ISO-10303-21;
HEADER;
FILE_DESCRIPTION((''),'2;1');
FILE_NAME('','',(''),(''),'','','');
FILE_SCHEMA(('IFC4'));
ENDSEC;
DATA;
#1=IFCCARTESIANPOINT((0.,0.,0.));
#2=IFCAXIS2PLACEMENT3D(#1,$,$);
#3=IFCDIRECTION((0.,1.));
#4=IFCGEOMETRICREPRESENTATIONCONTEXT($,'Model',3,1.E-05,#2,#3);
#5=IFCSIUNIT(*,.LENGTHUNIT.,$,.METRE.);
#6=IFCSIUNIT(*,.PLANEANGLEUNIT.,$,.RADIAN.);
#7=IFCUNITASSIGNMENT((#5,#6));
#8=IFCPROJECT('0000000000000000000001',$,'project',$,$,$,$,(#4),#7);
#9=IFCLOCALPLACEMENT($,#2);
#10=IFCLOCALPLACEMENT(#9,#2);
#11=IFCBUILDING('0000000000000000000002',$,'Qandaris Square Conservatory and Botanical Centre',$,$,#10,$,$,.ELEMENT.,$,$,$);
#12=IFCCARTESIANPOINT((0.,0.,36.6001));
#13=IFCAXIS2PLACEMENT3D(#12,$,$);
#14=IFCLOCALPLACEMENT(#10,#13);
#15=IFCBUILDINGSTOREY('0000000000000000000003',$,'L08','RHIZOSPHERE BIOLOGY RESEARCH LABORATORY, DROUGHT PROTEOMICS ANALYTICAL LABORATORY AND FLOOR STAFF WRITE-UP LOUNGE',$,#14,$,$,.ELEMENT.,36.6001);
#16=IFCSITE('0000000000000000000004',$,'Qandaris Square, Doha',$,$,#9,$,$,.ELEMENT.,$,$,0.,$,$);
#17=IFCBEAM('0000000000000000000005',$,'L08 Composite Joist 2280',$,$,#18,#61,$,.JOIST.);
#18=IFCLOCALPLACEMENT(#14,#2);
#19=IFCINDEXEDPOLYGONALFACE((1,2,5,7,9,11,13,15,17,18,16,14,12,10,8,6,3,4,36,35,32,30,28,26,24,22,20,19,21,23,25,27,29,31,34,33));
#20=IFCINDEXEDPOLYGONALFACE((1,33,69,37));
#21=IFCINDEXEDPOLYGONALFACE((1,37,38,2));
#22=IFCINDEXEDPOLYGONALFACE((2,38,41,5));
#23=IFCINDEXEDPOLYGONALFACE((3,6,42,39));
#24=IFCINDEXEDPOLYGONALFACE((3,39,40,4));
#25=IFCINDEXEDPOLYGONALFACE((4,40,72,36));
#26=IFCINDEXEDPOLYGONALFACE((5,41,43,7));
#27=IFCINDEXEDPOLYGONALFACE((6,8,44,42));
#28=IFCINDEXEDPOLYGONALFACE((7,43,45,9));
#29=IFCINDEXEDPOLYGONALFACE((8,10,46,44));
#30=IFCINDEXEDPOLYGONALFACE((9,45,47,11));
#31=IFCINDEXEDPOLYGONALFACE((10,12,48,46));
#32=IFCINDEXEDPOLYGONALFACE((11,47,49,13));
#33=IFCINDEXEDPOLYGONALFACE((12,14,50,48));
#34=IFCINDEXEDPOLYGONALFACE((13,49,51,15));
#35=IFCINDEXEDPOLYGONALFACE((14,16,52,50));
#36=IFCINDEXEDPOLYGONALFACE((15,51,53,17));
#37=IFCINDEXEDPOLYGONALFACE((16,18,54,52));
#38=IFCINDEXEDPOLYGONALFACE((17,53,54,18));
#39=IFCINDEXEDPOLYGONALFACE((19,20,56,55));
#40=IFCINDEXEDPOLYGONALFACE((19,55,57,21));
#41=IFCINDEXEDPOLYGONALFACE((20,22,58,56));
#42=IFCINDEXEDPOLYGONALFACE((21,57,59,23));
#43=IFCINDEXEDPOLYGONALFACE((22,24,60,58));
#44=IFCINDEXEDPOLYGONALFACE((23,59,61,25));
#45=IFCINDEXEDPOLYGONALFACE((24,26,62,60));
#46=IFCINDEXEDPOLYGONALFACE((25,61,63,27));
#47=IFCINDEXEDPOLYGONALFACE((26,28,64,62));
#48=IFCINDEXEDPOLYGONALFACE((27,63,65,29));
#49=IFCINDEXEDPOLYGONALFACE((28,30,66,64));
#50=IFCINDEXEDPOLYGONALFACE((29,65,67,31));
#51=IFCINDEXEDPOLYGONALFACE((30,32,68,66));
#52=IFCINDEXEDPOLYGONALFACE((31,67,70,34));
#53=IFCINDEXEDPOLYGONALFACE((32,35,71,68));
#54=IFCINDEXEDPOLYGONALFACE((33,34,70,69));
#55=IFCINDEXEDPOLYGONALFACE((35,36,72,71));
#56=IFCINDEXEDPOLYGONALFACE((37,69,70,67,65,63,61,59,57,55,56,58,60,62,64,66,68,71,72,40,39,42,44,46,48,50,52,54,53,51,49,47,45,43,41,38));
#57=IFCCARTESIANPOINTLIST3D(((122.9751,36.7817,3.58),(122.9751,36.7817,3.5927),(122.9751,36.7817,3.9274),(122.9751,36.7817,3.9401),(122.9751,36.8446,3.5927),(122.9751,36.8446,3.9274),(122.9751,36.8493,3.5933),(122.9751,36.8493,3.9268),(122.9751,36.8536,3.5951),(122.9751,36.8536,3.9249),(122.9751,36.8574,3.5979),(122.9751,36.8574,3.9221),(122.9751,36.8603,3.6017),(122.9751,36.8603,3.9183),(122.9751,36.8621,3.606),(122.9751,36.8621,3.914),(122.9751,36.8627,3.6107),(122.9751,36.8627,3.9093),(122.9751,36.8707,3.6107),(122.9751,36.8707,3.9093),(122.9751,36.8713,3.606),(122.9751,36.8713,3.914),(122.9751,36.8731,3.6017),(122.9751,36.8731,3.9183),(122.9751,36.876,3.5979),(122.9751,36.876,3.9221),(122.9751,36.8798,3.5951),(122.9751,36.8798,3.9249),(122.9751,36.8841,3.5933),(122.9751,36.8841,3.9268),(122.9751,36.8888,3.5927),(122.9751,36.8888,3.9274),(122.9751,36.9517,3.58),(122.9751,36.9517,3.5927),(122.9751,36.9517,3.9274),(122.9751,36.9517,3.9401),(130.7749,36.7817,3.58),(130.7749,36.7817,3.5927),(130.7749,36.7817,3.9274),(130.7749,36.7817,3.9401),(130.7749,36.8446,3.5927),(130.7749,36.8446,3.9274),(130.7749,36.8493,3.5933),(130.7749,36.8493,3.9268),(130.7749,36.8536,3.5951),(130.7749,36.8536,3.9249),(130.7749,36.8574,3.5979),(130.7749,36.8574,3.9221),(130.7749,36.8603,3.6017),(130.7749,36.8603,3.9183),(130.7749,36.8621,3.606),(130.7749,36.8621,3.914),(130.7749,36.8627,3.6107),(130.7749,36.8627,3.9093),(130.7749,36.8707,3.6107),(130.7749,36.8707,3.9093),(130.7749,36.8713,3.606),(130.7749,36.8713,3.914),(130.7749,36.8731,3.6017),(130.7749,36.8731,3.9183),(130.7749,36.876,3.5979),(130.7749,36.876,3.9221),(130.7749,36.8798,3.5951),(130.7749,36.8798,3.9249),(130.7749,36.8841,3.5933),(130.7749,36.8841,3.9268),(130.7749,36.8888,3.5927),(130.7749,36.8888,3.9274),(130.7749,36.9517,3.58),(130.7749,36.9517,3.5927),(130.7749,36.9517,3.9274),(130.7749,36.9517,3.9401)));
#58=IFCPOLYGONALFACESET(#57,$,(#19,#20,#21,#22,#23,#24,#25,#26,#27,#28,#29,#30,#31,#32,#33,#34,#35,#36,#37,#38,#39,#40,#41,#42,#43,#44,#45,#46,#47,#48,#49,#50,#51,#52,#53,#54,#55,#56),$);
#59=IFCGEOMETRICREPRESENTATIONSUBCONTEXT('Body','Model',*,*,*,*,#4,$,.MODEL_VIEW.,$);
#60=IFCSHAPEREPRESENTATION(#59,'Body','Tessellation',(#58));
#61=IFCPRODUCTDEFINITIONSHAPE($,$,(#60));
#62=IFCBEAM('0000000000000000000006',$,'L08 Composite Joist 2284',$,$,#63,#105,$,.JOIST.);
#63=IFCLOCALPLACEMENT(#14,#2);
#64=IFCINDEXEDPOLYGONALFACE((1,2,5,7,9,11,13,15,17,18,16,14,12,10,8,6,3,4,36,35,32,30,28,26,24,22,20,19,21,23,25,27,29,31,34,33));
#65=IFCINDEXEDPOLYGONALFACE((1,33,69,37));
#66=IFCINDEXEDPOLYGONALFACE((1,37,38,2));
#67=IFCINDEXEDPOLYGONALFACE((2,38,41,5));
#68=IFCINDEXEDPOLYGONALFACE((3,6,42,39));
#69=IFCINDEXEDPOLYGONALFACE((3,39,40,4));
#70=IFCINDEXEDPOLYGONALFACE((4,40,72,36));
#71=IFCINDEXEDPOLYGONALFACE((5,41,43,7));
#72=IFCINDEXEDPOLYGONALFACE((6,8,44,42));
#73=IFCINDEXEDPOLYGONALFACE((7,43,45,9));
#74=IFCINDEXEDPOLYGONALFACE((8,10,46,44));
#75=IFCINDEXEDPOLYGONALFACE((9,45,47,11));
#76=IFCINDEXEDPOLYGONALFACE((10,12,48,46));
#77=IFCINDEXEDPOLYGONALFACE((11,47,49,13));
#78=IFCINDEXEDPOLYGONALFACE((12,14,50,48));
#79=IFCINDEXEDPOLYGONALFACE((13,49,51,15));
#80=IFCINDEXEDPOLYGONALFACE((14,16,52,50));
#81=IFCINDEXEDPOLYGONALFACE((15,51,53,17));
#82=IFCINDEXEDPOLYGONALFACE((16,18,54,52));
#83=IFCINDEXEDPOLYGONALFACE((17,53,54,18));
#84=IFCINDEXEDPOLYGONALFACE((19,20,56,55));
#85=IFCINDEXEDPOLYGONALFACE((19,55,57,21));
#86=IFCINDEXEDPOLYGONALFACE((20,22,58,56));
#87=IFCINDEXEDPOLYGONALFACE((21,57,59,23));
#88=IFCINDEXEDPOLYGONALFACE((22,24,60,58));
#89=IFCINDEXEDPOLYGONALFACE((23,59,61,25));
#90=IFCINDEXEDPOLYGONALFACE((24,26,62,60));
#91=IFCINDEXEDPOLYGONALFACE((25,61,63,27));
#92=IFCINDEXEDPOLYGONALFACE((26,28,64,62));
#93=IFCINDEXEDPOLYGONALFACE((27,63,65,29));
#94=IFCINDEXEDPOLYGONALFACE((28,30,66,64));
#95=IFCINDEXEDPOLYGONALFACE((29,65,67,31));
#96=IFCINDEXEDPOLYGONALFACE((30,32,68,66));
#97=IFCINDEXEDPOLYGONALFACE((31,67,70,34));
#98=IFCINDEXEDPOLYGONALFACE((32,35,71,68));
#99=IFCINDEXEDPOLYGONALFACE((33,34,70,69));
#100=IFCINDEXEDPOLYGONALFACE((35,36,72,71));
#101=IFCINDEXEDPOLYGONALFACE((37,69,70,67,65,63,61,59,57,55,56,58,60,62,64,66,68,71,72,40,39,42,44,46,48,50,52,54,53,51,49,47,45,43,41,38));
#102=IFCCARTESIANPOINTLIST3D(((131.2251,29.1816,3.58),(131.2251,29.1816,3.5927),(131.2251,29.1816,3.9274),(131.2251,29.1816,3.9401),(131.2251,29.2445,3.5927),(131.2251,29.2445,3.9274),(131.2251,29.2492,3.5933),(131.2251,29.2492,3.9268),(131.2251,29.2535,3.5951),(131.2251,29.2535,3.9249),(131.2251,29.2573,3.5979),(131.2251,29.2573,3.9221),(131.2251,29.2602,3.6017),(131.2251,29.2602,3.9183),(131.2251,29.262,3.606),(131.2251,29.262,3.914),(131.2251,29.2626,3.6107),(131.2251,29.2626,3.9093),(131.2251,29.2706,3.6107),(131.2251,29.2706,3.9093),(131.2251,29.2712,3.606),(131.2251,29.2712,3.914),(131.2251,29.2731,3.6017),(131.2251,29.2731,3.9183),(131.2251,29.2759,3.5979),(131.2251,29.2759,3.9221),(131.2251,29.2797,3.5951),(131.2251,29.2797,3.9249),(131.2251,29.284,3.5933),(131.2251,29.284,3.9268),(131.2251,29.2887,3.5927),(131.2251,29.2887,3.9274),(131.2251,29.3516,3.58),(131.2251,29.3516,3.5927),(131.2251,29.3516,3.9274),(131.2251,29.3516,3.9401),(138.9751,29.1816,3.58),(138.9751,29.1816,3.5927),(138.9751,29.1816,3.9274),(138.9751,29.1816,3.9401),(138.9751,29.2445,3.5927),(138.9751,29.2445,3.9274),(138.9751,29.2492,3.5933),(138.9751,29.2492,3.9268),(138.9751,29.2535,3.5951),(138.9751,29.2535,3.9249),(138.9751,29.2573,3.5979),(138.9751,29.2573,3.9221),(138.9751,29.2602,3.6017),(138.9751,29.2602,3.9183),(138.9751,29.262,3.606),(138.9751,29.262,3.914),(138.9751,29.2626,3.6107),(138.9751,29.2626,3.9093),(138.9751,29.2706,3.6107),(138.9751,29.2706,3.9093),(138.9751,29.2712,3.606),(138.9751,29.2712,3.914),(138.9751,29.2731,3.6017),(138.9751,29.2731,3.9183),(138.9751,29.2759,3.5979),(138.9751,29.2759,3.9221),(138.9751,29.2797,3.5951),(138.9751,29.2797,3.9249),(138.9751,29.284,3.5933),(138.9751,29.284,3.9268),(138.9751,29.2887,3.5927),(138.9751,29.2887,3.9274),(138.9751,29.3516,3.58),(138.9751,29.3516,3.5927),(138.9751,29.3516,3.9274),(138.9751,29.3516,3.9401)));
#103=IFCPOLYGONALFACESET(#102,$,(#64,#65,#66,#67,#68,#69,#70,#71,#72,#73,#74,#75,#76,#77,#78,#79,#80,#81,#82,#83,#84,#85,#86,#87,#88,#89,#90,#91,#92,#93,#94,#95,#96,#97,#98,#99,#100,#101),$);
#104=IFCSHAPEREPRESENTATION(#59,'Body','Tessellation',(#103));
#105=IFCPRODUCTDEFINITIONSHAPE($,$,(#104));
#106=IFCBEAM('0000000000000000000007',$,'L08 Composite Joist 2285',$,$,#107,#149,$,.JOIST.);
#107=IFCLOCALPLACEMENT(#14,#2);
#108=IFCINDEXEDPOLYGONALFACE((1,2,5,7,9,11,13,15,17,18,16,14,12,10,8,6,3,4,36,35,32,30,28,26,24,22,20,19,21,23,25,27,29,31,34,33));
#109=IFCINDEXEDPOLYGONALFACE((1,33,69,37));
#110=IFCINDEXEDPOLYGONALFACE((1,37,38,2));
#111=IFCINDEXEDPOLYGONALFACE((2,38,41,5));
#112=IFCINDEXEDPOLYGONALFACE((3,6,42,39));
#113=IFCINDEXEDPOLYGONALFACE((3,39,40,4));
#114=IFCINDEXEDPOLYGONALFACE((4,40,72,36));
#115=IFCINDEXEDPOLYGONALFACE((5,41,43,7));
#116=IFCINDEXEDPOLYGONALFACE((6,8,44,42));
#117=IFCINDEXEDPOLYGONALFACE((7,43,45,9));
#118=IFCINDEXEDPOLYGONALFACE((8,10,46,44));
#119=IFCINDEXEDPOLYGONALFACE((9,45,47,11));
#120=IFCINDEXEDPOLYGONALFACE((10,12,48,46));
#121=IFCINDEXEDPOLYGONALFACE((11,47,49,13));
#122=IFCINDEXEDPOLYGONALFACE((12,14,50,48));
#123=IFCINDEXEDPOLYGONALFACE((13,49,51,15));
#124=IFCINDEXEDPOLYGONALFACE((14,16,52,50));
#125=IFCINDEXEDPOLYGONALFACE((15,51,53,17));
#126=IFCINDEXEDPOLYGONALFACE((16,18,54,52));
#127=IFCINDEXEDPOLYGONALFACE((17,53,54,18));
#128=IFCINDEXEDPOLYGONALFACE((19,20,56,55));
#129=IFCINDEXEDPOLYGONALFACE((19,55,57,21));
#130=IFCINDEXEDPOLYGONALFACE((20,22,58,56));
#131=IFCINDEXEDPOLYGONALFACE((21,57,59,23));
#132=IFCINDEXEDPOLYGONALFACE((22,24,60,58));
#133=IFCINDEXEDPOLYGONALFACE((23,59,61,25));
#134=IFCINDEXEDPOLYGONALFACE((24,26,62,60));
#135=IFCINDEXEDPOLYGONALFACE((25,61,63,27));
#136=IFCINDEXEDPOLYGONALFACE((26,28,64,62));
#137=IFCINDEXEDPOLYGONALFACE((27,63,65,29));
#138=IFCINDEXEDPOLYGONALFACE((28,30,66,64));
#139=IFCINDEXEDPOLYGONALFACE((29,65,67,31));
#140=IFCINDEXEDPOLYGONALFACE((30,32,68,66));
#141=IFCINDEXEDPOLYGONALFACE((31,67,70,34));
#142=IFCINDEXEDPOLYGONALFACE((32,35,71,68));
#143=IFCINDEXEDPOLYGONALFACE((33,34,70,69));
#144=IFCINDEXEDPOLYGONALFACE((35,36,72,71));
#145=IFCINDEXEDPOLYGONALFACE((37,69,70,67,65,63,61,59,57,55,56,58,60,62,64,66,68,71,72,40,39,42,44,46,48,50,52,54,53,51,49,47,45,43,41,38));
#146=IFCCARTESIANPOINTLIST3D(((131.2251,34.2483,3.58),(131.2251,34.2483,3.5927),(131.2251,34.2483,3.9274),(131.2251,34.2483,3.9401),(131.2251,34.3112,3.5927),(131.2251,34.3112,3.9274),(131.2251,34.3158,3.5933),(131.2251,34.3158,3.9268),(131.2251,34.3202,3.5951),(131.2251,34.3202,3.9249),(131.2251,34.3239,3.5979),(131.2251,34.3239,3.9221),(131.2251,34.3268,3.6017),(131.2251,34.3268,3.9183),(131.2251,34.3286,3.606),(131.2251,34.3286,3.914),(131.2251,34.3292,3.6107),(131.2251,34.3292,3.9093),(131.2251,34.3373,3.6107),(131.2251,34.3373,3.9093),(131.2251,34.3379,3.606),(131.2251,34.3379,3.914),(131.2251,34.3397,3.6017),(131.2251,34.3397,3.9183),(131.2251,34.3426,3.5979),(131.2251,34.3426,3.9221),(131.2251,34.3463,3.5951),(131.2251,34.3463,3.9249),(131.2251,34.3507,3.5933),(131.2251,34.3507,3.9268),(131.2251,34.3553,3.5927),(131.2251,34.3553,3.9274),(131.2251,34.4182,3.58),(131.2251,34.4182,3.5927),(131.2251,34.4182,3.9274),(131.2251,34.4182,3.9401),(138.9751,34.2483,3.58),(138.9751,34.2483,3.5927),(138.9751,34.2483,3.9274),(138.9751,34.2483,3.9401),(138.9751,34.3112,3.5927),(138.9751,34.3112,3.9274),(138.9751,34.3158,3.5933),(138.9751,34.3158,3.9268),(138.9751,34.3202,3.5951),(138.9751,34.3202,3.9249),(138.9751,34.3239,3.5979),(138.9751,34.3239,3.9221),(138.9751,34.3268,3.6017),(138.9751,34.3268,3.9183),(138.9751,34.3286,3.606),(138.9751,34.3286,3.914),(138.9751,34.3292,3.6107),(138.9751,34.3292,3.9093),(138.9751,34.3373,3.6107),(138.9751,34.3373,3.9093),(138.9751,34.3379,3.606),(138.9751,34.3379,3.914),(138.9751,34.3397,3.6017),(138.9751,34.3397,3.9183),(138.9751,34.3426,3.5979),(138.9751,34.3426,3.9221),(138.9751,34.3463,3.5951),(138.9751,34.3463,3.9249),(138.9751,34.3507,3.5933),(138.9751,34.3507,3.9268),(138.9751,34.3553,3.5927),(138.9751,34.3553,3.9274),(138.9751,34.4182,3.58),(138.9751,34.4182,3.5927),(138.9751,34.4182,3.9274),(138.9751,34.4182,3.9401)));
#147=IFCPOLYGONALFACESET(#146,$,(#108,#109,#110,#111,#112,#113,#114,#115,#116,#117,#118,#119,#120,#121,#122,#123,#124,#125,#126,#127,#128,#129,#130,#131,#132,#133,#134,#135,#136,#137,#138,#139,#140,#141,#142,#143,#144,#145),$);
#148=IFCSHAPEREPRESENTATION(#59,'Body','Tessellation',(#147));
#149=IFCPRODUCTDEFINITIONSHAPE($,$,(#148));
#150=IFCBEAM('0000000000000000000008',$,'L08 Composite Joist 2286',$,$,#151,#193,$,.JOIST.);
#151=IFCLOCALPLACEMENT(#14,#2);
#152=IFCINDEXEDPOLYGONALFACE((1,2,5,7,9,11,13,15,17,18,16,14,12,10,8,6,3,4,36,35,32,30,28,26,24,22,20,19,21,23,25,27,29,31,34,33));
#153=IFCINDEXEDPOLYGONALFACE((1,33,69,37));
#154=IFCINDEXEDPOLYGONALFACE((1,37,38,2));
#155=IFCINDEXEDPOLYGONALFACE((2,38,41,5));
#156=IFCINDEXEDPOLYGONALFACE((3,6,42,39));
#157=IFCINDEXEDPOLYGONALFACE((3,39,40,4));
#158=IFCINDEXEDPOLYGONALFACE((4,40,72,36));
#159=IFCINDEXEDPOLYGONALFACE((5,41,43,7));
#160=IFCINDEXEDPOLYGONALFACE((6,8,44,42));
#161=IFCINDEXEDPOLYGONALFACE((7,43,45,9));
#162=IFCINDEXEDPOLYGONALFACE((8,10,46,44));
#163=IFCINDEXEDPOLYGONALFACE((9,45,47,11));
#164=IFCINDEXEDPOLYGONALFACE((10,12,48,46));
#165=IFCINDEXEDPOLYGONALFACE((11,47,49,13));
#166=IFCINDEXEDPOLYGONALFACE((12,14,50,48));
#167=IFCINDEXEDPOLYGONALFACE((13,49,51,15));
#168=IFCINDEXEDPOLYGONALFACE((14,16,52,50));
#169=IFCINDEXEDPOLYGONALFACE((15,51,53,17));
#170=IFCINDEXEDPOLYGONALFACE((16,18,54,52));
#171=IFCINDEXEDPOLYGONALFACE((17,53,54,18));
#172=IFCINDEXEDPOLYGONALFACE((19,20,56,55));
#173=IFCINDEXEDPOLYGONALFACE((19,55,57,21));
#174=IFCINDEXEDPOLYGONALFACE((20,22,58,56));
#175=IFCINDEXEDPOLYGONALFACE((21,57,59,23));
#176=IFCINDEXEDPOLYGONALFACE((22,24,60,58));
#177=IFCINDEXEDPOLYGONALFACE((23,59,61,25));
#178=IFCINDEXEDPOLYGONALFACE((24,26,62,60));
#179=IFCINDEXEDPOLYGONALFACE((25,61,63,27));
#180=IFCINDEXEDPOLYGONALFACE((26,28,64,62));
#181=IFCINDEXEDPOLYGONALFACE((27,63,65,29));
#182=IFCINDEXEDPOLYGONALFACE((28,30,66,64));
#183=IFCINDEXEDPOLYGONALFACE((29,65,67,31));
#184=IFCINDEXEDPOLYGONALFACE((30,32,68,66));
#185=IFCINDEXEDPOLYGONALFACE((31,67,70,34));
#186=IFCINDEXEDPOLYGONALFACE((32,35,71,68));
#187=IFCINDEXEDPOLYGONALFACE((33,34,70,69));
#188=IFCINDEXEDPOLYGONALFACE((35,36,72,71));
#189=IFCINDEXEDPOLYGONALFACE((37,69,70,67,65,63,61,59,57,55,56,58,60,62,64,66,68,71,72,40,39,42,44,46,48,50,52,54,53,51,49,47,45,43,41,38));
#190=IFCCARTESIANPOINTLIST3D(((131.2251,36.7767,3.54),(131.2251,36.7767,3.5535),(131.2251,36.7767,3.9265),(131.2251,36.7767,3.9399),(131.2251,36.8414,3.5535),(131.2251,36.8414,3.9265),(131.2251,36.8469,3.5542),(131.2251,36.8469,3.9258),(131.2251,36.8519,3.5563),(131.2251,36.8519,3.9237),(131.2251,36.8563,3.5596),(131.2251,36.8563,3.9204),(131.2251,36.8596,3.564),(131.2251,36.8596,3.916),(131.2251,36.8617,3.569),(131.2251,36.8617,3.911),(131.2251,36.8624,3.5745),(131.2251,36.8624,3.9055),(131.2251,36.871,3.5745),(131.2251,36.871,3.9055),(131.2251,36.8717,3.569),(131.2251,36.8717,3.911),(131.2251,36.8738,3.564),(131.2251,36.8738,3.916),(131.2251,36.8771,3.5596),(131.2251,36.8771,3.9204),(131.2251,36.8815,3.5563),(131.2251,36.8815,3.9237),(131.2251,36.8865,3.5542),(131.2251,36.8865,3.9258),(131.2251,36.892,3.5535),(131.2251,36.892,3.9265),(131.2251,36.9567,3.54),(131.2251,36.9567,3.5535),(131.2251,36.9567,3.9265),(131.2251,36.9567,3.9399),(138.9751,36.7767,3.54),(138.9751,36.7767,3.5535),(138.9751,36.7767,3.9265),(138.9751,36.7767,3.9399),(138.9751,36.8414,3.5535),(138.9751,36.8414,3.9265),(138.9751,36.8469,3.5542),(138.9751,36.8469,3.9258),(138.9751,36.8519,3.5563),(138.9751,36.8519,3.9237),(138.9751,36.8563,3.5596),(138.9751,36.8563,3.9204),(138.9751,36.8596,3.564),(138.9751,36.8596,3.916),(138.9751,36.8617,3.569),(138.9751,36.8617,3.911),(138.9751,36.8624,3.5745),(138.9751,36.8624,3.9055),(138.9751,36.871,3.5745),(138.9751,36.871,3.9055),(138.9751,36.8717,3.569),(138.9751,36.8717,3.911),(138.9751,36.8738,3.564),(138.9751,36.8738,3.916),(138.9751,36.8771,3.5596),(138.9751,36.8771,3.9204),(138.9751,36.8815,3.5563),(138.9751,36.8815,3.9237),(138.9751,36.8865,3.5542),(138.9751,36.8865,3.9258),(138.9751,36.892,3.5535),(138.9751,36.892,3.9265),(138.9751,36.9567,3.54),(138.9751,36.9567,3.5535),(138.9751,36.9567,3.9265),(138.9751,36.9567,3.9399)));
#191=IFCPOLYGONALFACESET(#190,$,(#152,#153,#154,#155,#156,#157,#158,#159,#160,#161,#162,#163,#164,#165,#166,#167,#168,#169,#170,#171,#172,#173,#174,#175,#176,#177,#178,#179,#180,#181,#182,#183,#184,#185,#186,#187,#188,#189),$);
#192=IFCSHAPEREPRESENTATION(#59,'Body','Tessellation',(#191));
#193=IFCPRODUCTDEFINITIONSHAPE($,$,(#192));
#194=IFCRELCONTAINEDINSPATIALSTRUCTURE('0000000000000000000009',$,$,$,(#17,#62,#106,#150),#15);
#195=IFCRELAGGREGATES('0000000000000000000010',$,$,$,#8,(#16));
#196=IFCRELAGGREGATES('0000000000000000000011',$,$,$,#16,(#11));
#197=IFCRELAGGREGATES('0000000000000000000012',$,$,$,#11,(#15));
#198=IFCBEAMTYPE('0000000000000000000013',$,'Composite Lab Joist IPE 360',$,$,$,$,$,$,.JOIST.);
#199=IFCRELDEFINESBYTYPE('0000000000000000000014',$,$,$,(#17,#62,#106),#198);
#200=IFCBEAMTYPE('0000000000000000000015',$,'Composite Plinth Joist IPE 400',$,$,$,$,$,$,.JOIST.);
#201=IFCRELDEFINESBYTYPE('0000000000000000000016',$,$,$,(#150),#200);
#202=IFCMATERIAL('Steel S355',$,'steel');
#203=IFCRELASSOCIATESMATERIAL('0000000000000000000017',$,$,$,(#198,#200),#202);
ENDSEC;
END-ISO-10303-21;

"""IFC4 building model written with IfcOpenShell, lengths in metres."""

from ifc_helpers import new_model, si_unit, direction, frame, origin, origin_2d, place, context, subcontext, project, spatial, i_section, extrude, material, material_profile, profile_set, type_object, element, save


model = new_model("IFC4")

# Units and contexts
model_context = context("Model", 3, precision=1e-05, world=origin(), true_north=direction((0.0, 1.0)))
body_context = subcontext(model_context, "Body", "Model", "MODEL_VIEW")
ifc_project = project(units=[si_unit("LENGTHUNIT", "METRE"), si_unit("PLANEANGLEUNIT", "RADIAN")], contexts=[model_context])

# Site, building, storey
site_placement = place(None, origin())
site = spatial("IfcSite", under=ifc_project, at=site_placement, Name="Qandaris Square, Doha", CompositionType="ELEMENT", RefElevation=0.0)
building_placement = place(site_placement, origin())
building = spatial("IfcBuilding", under=site, at=building_placement, Name="Qandaris Square Conservatory and Botanical Centre", CompositionType="ELEMENT")
storey_placement = place(building_placement, frame((0.0, 0.0, 36.6001)))
storey = spatial("IfcBuildingStorey", under=building, at=storey_placement, Name="L08", Description="RHIZOSPHERE BIOLOGY RESEARCH LABORATORY, DROUGHT PROTEOMICS ANALYTICAL LABORATORY AND FLOOR STAFF WRITE-UP LOUNGE", CompositionType="ELEMENT", Elevation=36.6001)

# Beams
ifc_material_1 = material(Name="Steel S355", Category="steel")
ifc_material_profile_1 = material_profile(ifc_material_1, i_section(OverallWidth=0.1699, OverallDepth=0.3601, WebThickness=0.0081, FlangeThickness=0.0127, FilletRadius=0.0181, at=origin_2d()), Name="IPE 360")
ifc_profile_set_1 = profile_set([ifc_material_profile_1], Name="Steel S355")
beam_type_1 = type_object("IfcBeamType", Name="Composite Lab Joist IPE 360", PredefinedType="JOIST", material=ifc_profile_set_1)
beam_1_placement = place(storey_placement, frame((122.9751, 36.8667, 3.76), z_axis=(1.0, 0.0, 0.0), x_axis=(0.0, 1.0, 0.0)))
element("IfcBeam", 1, at=beam_1_placement, inside=storey, type_object=beam_type_1, Name="L08 Composite Joist 2280", PredefinedType="JOIST", context=body_context, shape_type="SweptSolid", body=[
    extrude(i_section(OverallWidth=0.1699, OverallDepth=0.3601, WebThickness=0.0081, FlangeThickness=0.0127, FilletRadius=0.0181, at=origin_2d()), origin(), (0.0, 0.0, 1.0), 7.7998),
])
for number, where, z_axis, x_axis, name in (
    (2, (131.2251, 29.2666, 3.76), (1.0, 0.0, 0.0), (0.0, 1.0, 0.0), "L08 Composite Joist 2284"),
    (3, (131.2251, 34.3333, 3.76), (1.0, 0.0, 0.0), (0.0, 1.0, 0.0), "L08 Composite Joist 2285"),
):
    element("IfcBeam", number, at=place(storey_placement, frame(where, z_axis=z_axis, x_axis=x_axis)), inside=storey, type_object=beam_type_1, Name=name, PredefinedType="JOIST", context=body_context, shape_type="SweptSolid", body=[
        extrude(i_section(OverallWidth=0.1699, OverallDepth=0.3601, WebThickness=0.0081, FlangeThickness=0.0127, FilletRadius=0.0181, at=origin_2d()), origin(), (0.0, 0.0, 1.0), 7.75),
    ])
ifc_material_profile_2 = material_profile(ifc_material_1, i_section(OverallWidth=0.1799, OverallDepth=0.3999, WebThickness=0.0085, FlangeThickness=0.0134, FilletRadius=0.021, at=origin_2d()), Name="IPE 400")
ifc_profile_set_2 = profile_set([ifc_material_profile_2], Name="Steel S355")
beam_type_2 = type_object("IfcBeamType", Name="Composite Plinth Joist IPE 400", PredefinedType="JOIST", material=ifc_profile_set_2)
beam_2_placement = place(storey_placement, frame((131.2251, 36.8667, 3.74), z_axis=(1.0, 0.0, 0.0), x_axis=(0.0, 1.0, 0.0)))
element("IfcBeam", 4, at=beam_2_placement, inside=storey, type_object=beam_type_2, Name="L08 Composite Joist 2286", PredefinedType="JOIST", context=body_context, shape_type="SweptSolid", body=[
    extrude(i_section(OverallWidth=0.1799, OverallDepth=0.3999, WebThickness=0.0085, FlangeThickness=0.0134, FilletRadius=0.021, at=origin_2d()), origin(), (0.0, 0.0, 1.0), 7.75),
])

save(model, "model.ifc")
